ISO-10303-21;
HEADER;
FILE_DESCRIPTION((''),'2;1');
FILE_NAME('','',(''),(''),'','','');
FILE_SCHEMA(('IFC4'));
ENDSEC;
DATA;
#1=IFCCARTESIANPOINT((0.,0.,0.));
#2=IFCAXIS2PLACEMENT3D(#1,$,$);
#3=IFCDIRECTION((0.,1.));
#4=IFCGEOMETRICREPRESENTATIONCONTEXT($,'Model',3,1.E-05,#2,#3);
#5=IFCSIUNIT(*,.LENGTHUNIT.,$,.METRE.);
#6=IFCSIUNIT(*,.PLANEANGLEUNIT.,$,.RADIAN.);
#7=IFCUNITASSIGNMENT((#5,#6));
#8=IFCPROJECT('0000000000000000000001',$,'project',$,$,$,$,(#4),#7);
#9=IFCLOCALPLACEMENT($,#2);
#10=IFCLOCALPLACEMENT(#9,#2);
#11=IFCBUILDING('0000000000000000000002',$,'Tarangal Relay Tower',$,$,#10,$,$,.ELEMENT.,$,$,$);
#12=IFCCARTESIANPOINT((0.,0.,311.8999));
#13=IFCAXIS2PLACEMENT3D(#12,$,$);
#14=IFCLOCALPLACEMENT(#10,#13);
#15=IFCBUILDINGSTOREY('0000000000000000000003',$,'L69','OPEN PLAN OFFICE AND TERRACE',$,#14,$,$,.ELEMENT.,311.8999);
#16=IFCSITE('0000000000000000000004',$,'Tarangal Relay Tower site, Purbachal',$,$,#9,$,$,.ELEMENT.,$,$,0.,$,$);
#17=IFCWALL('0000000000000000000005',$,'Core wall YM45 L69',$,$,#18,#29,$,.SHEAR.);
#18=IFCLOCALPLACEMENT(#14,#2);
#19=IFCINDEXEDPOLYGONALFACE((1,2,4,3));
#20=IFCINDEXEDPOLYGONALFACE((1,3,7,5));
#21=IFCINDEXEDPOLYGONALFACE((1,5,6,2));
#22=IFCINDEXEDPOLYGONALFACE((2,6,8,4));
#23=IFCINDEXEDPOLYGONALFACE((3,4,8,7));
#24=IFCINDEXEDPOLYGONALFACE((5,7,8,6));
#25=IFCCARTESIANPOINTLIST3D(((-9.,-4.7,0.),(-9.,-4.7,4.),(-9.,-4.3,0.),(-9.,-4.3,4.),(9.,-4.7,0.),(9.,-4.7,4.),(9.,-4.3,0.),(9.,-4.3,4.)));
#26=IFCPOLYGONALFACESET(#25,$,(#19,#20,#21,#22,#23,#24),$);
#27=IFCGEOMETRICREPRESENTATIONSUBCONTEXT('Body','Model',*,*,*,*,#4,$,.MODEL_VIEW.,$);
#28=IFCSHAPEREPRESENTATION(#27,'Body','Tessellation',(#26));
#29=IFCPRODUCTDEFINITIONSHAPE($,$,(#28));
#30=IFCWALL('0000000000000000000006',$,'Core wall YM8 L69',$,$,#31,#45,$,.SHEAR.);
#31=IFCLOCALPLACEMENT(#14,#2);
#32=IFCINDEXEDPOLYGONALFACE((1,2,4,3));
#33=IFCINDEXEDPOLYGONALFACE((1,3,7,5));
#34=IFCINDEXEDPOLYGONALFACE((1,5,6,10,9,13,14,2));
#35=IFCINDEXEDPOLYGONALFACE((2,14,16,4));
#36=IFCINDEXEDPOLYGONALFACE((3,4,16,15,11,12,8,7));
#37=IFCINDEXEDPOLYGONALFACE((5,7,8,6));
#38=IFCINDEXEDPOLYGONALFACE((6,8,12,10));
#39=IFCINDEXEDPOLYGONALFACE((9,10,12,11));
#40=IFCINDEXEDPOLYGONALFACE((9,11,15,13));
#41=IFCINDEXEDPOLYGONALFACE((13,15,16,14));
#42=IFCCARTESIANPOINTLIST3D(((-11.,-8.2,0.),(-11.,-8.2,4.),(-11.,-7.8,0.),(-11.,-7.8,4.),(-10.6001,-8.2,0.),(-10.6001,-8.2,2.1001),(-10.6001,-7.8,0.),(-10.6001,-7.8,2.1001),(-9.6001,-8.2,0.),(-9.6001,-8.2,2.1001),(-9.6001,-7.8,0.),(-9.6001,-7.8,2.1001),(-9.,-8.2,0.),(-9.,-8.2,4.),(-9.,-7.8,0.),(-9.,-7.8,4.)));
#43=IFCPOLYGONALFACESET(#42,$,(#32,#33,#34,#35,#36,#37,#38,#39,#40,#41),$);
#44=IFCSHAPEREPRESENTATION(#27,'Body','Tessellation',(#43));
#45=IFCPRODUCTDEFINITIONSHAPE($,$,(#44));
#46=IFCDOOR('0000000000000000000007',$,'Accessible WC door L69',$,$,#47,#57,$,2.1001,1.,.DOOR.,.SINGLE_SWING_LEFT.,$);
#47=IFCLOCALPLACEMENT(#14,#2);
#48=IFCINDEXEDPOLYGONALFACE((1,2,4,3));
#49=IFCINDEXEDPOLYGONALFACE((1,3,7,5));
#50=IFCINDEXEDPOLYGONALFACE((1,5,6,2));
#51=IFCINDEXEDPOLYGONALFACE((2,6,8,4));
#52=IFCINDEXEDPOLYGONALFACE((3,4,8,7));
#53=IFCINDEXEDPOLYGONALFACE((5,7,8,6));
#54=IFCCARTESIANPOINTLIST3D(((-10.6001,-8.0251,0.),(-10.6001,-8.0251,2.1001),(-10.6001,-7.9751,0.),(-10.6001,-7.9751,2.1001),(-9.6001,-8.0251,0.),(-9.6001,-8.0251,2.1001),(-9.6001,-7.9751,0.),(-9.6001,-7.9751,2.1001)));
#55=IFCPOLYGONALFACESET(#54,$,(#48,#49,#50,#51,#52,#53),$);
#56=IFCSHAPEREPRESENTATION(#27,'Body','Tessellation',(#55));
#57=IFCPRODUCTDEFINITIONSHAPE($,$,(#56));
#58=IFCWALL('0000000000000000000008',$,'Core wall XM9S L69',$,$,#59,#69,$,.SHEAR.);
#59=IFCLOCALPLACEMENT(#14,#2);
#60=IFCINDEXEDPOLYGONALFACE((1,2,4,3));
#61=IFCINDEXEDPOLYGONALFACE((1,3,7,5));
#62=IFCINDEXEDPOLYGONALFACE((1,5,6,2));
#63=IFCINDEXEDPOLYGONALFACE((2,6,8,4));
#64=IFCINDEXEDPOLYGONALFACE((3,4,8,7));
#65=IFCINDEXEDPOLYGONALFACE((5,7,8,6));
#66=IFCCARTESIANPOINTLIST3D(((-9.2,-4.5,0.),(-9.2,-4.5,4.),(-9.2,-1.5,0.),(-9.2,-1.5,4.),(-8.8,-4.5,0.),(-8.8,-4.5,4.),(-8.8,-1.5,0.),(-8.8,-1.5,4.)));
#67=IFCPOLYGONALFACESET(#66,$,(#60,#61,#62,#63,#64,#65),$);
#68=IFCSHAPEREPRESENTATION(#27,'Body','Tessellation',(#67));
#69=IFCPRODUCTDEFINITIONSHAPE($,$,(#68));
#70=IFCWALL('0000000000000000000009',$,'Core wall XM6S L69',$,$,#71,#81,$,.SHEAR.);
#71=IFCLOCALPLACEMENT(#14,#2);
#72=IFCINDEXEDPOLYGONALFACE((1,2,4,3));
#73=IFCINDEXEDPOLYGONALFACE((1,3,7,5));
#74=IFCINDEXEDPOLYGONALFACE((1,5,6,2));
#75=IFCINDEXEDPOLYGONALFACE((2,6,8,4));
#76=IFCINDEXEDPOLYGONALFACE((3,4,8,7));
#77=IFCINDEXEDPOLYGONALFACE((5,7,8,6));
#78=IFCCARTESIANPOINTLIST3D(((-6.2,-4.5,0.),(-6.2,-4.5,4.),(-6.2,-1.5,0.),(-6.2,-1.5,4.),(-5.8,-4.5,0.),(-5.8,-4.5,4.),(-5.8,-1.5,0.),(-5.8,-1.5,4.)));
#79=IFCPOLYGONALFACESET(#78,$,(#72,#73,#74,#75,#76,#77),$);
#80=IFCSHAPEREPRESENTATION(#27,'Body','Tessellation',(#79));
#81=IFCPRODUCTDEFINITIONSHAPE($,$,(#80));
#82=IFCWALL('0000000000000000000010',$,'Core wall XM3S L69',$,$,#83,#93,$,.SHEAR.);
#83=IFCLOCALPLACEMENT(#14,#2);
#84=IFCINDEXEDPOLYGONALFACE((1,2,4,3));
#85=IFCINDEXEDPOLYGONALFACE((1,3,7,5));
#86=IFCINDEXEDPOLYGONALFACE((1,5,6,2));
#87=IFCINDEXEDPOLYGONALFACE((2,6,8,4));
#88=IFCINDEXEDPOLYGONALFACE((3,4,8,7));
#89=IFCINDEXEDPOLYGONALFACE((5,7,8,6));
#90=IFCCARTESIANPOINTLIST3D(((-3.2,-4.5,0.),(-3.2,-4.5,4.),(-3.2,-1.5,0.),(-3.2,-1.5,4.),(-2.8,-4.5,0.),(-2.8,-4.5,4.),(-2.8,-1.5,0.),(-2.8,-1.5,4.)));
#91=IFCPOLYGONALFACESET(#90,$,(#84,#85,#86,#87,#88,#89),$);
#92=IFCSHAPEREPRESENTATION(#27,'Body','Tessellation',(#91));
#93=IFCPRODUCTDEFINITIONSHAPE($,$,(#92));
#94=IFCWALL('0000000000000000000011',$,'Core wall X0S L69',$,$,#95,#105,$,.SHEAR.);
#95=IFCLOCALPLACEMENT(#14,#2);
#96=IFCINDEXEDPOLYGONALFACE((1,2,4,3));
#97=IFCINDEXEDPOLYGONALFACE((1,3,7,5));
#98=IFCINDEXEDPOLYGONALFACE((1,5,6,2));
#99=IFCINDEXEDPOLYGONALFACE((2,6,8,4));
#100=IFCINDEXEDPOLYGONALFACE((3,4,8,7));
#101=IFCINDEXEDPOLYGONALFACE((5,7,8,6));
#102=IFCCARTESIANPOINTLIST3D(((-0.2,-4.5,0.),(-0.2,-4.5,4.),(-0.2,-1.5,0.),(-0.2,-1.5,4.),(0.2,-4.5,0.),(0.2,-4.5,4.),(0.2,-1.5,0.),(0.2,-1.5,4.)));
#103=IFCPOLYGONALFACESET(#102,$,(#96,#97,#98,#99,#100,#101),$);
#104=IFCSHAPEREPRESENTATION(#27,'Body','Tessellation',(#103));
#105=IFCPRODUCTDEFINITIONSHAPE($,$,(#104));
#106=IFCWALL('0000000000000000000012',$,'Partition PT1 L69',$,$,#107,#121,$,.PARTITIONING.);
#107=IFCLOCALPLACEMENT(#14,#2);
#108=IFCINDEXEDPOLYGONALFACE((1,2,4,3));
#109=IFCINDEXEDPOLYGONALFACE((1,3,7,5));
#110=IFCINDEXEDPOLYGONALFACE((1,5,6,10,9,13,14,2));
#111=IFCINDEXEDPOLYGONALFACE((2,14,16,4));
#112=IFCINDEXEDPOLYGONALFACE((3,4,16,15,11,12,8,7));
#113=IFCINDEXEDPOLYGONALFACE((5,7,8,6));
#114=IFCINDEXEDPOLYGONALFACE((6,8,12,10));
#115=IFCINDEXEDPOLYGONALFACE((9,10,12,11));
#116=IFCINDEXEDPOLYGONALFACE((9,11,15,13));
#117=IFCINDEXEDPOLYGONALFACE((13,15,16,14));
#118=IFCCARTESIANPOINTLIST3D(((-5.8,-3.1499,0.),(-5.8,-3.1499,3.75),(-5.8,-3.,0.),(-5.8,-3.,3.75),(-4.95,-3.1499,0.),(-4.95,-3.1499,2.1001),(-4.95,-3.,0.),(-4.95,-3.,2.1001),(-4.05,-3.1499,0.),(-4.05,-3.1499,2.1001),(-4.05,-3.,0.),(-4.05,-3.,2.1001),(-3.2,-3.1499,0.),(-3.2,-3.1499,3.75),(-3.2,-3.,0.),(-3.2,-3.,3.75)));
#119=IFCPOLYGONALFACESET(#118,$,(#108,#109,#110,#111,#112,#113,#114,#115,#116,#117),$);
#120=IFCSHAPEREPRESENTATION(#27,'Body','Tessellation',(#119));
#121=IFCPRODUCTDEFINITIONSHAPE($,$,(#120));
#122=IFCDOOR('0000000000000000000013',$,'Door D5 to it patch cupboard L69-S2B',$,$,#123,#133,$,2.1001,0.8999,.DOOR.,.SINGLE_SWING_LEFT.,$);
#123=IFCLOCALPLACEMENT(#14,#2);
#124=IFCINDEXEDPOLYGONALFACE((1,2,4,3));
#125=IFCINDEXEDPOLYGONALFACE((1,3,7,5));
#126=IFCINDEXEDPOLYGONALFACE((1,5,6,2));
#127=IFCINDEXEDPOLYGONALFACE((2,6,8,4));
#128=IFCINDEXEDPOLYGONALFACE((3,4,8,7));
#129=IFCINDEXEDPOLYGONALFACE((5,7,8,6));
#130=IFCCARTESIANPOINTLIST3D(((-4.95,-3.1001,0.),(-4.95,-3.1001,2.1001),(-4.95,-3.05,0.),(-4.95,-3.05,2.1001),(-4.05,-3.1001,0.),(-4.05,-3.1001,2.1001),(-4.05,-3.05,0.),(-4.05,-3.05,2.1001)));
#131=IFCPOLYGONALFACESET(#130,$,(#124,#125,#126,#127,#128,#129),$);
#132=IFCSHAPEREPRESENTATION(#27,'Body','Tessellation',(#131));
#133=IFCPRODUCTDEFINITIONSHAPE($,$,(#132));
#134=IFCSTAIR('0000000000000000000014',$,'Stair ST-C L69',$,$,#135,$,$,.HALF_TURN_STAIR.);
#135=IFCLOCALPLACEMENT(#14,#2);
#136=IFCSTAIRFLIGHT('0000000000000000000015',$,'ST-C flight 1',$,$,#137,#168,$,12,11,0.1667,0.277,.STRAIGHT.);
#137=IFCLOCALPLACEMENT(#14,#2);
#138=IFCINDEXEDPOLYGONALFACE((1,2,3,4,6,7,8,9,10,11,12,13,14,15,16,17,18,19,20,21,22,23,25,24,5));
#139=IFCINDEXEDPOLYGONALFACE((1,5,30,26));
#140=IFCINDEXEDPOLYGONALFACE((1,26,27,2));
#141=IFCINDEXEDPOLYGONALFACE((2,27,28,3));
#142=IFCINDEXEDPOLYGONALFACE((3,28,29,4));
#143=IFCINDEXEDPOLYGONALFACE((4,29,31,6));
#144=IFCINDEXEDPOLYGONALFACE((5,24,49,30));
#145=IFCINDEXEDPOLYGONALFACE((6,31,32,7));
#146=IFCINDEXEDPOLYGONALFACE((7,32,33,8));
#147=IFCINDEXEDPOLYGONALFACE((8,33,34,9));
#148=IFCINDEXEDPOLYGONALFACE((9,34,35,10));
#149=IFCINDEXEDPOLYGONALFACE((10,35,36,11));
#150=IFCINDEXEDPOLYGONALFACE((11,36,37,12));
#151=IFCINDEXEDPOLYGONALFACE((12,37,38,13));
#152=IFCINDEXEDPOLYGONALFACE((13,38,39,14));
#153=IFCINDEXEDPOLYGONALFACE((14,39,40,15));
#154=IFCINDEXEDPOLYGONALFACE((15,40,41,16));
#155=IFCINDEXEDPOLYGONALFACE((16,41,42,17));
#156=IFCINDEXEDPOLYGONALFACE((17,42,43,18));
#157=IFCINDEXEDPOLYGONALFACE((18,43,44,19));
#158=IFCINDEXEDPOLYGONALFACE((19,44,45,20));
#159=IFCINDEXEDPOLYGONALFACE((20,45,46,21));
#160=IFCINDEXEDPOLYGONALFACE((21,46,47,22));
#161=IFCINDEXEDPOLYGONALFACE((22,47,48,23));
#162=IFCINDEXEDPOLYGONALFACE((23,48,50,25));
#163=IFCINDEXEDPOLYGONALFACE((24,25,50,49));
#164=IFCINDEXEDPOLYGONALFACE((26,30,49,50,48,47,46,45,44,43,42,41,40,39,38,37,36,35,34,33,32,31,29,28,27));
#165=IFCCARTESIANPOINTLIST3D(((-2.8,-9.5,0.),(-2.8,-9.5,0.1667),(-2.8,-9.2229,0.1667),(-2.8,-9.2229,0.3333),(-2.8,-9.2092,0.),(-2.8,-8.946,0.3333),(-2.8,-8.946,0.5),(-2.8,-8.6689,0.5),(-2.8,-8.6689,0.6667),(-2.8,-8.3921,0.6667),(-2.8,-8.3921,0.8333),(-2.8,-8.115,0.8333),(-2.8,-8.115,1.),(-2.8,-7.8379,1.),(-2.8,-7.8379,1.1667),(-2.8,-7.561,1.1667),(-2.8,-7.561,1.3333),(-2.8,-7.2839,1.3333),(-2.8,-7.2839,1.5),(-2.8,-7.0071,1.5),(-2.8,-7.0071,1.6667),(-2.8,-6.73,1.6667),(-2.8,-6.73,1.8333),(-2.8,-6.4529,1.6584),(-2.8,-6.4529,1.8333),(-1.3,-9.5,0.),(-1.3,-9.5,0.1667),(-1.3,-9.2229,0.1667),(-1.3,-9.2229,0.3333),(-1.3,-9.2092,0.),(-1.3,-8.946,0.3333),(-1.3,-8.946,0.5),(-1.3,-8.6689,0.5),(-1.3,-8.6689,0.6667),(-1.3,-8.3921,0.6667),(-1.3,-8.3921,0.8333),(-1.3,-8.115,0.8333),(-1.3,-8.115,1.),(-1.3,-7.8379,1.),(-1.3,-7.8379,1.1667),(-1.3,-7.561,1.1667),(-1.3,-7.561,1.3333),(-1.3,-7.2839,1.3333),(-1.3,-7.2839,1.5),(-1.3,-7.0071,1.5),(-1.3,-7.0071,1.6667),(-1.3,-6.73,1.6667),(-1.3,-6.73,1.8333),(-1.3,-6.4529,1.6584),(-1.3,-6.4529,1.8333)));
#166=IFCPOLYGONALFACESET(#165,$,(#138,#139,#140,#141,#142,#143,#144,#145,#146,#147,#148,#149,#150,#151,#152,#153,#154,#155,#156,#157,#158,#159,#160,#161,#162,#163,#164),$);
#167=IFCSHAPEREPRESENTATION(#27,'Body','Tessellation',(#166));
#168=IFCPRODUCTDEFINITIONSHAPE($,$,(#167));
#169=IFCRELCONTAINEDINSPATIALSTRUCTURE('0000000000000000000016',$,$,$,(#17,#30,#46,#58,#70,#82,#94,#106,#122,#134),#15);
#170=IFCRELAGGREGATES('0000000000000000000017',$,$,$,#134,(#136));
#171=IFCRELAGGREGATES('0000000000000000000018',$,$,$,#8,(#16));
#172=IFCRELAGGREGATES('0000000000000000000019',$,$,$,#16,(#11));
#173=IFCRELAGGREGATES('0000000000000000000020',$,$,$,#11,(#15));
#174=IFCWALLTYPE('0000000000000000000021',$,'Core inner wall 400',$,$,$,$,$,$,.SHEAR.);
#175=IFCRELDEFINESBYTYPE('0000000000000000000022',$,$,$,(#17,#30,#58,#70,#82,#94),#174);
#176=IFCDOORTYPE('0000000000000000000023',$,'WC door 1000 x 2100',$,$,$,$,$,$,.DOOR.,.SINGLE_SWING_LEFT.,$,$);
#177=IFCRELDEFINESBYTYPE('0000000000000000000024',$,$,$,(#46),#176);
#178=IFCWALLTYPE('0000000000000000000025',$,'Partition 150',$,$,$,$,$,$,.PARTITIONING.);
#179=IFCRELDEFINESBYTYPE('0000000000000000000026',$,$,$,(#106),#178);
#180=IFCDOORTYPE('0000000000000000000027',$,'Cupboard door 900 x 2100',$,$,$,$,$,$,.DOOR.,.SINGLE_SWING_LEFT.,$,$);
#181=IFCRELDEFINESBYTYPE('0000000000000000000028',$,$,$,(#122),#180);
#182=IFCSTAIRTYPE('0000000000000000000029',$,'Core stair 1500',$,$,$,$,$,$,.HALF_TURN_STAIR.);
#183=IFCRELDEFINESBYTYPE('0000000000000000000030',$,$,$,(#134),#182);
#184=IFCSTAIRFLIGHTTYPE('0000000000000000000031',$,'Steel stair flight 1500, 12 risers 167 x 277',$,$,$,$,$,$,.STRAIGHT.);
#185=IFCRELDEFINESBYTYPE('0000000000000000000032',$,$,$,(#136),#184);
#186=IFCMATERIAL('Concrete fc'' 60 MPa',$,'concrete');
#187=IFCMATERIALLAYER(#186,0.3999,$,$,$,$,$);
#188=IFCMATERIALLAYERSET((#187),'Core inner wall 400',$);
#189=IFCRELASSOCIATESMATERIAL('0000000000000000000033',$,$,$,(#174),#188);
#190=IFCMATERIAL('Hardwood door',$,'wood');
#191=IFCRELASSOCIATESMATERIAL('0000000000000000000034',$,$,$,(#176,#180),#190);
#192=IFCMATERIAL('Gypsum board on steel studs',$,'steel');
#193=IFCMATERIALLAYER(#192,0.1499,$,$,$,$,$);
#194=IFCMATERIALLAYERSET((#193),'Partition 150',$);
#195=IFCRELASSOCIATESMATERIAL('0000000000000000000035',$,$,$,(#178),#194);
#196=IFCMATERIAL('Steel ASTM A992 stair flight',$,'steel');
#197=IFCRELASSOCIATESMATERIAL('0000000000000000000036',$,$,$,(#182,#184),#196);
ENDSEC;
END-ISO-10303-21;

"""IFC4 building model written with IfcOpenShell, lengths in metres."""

from ifc_helpers import new_model, si_unit, direction, frame, frame_2d, origin, place, context, subcontext, project, spatial, polyline, rectangle, outline, extrude, material, layer, layer_set, type_object, element, fill, aggregate, save


model = new_model("IFC4")

# Units and contexts
model_context = context("Model", 3, precision=1e-05, world=origin(), true_north=direction((0.0, 1.0)))
body_context = subcontext(model_context, "Body", "Model", "MODEL_VIEW")
ifc_project = project(units=[si_unit("LENGTHUNIT", "METRE"), si_unit("PLANEANGLEUNIT", "RADIAN")], contexts=[model_context])

# Site, building, storey
site_placement = place(None, origin())
site = spatial("IfcSite", under=ifc_project, at=site_placement, Name="Tarangal Relay Tower site, Purbachal", CompositionType="ELEMENT", RefElevation=0.0)
building_placement = place(site_placement, origin())
building = spatial("IfcBuilding", under=site, at=building_placement, Name="Tarangal Relay Tower", CompositionType="ELEMENT")
storey_placement = place(building_placement, frame((0.0, 0.0, 311.8999)))
storey = spatial("IfcBuildingStorey", under=building, at=storey_placement, Name="L69", Description="OPEN PLAN OFFICE AND TERRACE", CompositionType="ELEMENT", Elevation=311.8999)

# Shared definitions
ifc_material_1 = material(Name="Concrete fc' 60 MPa", Category="concrete")
ifc_layer_1 = layer(ifc_material_1, 0.3999)
ifc_layer_set_1 = layer_set([ifc_layer_1], Name="Core inner wall 400")
wall_type_1 = type_object("IfcWallType", Name="Core inner wall 400", PredefinedType="SHEAR", material=ifc_layer_set_1)

# Wall
wall_1_placement = place(storey_placement, frame((-9.0, -4.5, 0.0), z_axis=(0.0, 0.0, 1.0), x_axis=(1.0, 0.0, 0.0)))
element("IfcWall", 1, at=wall_1_placement, inside=storey, type_object=wall_type_1, Name="Core wall YM45 L69", PredefinedType="SHEAR", context=body_context, shape_type="SweptSolid", body=[
    extrude(rectangle(XDim=18.0, YDim=0.3999, at=frame_2d((9.0, 0.0))), origin(), (0.0, 0.0, 1.0), 4.0),
])

# Wall, opening, door
wall_2_placement = place(storey_placement, frame((-11.0, -8.0, 0.0), z_axis=(0.0, 0.0, 1.0), x_axis=(1.0, 0.0, 0.0)))
wall_2 = element("IfcWall", 2, at=wall_2_placement, inside=storey, type_object=wall_type_1, Name="Core wall YM8 L69", PredefinedType="SHEAR", context=body_context, shape_type="SweptSolid", body=[
    extrude(rectangle(XDim=2.0, YDim=0.3999, at=frame_2d((1.0, 0.0))), origin(), (0.0, 0.0, 1.0), 4.0),
])
opening_1_placement = place(wall_2_placement, frame((0.3999, 0.0, 0.0)))
opening_1 = element("IfcOpeningElement", 3, at=opening_1_placement, cuts=wall_2, PredefinedType="OPENING", context=body_context, shape_type="SweptSolid", body=[
    extrude(rectangle(XDim=1.0, YDim=2.1001, at=frame_2d((0.5, 1.05))), frame((0.0, 0.21, 0.0), z_axis=(0.0, -1.0, 0.0), x_axis=(1.0, 0.0, 0.0)), (0.0, 0.0, 1.0), 0.4199),
])
ifc_material_2 = material(Name="Hardwood door", Category="wood")
door_type_1 = type_object("IfcDoorType", Name="WC door 1000 x 2100", OperationType="SINGLE_SWING_LEFT", PredefinedType="DOOR", material=ifc_material_2)
door_1_placement = place(opening_1_placement, origin())
door_1 = element("IfcDoor", 4, at=door_1_placement, inside=storey, type_object=door_type_1, Name="Accessible WC door L69", OperationType="SINGLE_SWING_LEFT", OverallHeight=2.1001, OverallWidth=1.0, PredefinedType="DOOR", context=body_context, shape_type="SweptSolid", body=[
    extrude(rectangle(XDim=1.0, YDim=2.1001, at=frame_2d((0.5, 1.05))), frame((0.0, 0.0249, 0.0), z_axis=(0.0, -1.0, 0.0), x_axis=(1.0, 0.0, 0.0)), (0.0, 0.0, 1.0), 0.05),
])
fill(opening_1, door_1)

# Walls
for number, where, z_axis, x_axis, name in (
    (5, (-9.0, -4.5, 0.0), (0.0, 0.0, 1.0), (0.0, 1.0, 0.0), "Core wall XM9S L69"),
    (6, (-6.0, -4.5, 0.0), (0.0, 0.0, 1.0), (0.0, 1.0, 0.0), "Core wall XM6S L69"),
    (7, (-3.0, -4.5, 0.0), (0.0, 0.0, 1.0), (0.0, 1.0, 0.0), "Core wall XM3S L69"),
    (8, (0.0, -4.5, 0.0), (0.0, 0.0, 1.0), (0.0, 1.0, 0.0), "Core wall X0S L69"),
):
    element("IfcWall", number, at=place(storey_placement, frame(where, z_axis=z_axis, x_axis=x_axis)), inside=storey, type_object=wall_type_1, Name=name, PredefinedType="SHEAR", context=body_context, shape_type="SweptSolid", body=[
        extrude(rectangle(XDim=3.0, YDim=0.3999, at=frame_2d((1.5, 0.0))), origin(), (0.0, 0.0, 1.0), 4.0),
    ])

# Wall, opening, door
ifc_material_3 = material(Name="Gypsum board on steel studs", Category="steel")
ifc_layer_2 = layer(ifc_material_3, 0.1499)
ifc_layer_set_2 = layer_set([ifc_layer_2], Name="Partition 150")
wall_type_2 = type_object("IfcWallType", Name="Partition 150", PredefinedType="PARTITIONING", material=ifc_layer_set_2)
wall_3_placement = place(storey_placement, frame((-5.8, -3.075, 0.0), z_axis=(0.0, 0.0, 1.0), x_axis=(1.0, 0.0, 0.0)))
wall_3 = element("IfcWall", 9, at=wall_3_placement, inside=storey, type_object=wall_type_2, Name="Partition PT1 L69", PredefinedType="PARTITIONING", context=body_context, shape_type="SweptSolid", body=[
    extrude(rectangle(XDim=2.6001, YDim=0.1499, at=frame_2d((1.3, 0.0))), origin(), (0.0, 0.0, 1.0), 3.75),
])
opening_2_placement = place(wall_3_placement, frame((0.8501, 0.0, 0.0)))
opening_2 = element("IfcOpeningElement", 10, at=opening_2_placement, cuts=wall_3, PredefinedType="OPENING", context=body_context, shape_type="SweptSolid", body=[
    extrude(rectangle(XDim=0.8999, YDim=2.1001, at=frame_2d((0.45, 1.05))), frame((0.0, 0.085, 0.0), z_axis=(0.0, -1.0, 0.0), x_axis=(1.0, 0.0, 0.0)), (0.0, 0.0, 1.0), 0.1699),
])
door_type_2 = type_object("IfcDoorType", Name="Cupboard door 900 x 2100", OperationType="SINGLE_SWING_LEFT", PredefinedType="DOOR", material=ifc_material_2)
door_2_placement = place(opening_2_placement, origin())
door_2 = element("IfcDoor", 11, at=door_2_placement, inside=storey, type_object=door_type_2, Name="Door D5 to it patch cupboard L69-S2B", OperationType="SINGLE_SWING_LEFT", OverallHeight=2.1001, OverallWidth=0.8999, PredefinedType="DOOR", context=body_context, shape_type="SweptSolid", body=[
    extrude(rectangle(XDim=0.8999, YDim=2.1001, at=frame_2d((0.45, 1.05))), frame((0.0, 0.0249, 0.0), z_axis=(0.0, -1.0, 0.0), x_axis=(1.0, 0.0, 0.0)), (0.0, 0.0, 1.0), 0.05),
])
fill(opening_2, door_2)

# Stair, stair flight
ifc_material_4 = material(Name="Steel ASTM A992 stair flight", Category="steel")
stair_type = type_object("IfcStairType", Name="Core stair 1500", PredefinedType="HALF_TURN_STAIR", material=ifc_material_4)
stair_placement = place(storey_placement, origin())
stair = element("IfcStair", 12, at=stair_placement, inside=storey, type_object=stair_type, Name="Stair ST-C L69", PredefinedType="HALF_TURN_STAIR")
stair_flight_type = type_object("IfcStairFlightType", Name="Steel stair flight 1500, 12 risers 167 x 277", PredefinedType="STRAIGHT", material=ifc_material_4)
stair_flight_placement = place(storey_placement, frame((-2.05, -9.5, 0.0), z_axis=(0.0, 0.0, 1.0), x_axis=(0.0, 1.0, 0.0)))
stair_flight = element("IfcStairFlight", 13, at=stair_flight_placement, type_object=stair_flight_type, Name="ST-C flight 1", NumberOfRisers=12, NumberOfTreads=11, PredefinedType="STRAIGHT", RiserHeight=0.1667, TreadLength=0.277, context=body_context, shape_type="SweptSolid", body=[
    extrude(outline(polyline([(0.0, 0.0), (0.0, 0.1667), (0.2771, 0.1667), (0.2771, 0.3333), (0.554, 0.3333), (0.554, 0.5), (0.8311, 0.5), (0.8311, 0.6667), (1.1079, 0.6667), (1.1079, 0.8333), (1.385, 0.8333), (1.385, 1.0), (1.6621, 1.0), (1.6621, 1.1667), (1.939, 1.1667), (1.939, 1.3333), (2.2161, 1.3333), (2.2161, 1.5), (2.4929, 1.5), (2.4929, 1.6667), (2.77, 1.6667), (2.77, 1.8333), (3.0471, 1.8333), (3.0471, 2.0), (3.0471, 1.6584), (0.2908, 0.0), (0.0, 0.0)])), frame((0.0, 0.75, 0.0), z_axis=(0.0, -1.0, 0.0), x_axis=(1.0, 0.0, 0.0)), (0.0, 0.0, 1.0), 1.5),
])
aggregate(stair, [stair_flight])

save(model, "model.ifc")
